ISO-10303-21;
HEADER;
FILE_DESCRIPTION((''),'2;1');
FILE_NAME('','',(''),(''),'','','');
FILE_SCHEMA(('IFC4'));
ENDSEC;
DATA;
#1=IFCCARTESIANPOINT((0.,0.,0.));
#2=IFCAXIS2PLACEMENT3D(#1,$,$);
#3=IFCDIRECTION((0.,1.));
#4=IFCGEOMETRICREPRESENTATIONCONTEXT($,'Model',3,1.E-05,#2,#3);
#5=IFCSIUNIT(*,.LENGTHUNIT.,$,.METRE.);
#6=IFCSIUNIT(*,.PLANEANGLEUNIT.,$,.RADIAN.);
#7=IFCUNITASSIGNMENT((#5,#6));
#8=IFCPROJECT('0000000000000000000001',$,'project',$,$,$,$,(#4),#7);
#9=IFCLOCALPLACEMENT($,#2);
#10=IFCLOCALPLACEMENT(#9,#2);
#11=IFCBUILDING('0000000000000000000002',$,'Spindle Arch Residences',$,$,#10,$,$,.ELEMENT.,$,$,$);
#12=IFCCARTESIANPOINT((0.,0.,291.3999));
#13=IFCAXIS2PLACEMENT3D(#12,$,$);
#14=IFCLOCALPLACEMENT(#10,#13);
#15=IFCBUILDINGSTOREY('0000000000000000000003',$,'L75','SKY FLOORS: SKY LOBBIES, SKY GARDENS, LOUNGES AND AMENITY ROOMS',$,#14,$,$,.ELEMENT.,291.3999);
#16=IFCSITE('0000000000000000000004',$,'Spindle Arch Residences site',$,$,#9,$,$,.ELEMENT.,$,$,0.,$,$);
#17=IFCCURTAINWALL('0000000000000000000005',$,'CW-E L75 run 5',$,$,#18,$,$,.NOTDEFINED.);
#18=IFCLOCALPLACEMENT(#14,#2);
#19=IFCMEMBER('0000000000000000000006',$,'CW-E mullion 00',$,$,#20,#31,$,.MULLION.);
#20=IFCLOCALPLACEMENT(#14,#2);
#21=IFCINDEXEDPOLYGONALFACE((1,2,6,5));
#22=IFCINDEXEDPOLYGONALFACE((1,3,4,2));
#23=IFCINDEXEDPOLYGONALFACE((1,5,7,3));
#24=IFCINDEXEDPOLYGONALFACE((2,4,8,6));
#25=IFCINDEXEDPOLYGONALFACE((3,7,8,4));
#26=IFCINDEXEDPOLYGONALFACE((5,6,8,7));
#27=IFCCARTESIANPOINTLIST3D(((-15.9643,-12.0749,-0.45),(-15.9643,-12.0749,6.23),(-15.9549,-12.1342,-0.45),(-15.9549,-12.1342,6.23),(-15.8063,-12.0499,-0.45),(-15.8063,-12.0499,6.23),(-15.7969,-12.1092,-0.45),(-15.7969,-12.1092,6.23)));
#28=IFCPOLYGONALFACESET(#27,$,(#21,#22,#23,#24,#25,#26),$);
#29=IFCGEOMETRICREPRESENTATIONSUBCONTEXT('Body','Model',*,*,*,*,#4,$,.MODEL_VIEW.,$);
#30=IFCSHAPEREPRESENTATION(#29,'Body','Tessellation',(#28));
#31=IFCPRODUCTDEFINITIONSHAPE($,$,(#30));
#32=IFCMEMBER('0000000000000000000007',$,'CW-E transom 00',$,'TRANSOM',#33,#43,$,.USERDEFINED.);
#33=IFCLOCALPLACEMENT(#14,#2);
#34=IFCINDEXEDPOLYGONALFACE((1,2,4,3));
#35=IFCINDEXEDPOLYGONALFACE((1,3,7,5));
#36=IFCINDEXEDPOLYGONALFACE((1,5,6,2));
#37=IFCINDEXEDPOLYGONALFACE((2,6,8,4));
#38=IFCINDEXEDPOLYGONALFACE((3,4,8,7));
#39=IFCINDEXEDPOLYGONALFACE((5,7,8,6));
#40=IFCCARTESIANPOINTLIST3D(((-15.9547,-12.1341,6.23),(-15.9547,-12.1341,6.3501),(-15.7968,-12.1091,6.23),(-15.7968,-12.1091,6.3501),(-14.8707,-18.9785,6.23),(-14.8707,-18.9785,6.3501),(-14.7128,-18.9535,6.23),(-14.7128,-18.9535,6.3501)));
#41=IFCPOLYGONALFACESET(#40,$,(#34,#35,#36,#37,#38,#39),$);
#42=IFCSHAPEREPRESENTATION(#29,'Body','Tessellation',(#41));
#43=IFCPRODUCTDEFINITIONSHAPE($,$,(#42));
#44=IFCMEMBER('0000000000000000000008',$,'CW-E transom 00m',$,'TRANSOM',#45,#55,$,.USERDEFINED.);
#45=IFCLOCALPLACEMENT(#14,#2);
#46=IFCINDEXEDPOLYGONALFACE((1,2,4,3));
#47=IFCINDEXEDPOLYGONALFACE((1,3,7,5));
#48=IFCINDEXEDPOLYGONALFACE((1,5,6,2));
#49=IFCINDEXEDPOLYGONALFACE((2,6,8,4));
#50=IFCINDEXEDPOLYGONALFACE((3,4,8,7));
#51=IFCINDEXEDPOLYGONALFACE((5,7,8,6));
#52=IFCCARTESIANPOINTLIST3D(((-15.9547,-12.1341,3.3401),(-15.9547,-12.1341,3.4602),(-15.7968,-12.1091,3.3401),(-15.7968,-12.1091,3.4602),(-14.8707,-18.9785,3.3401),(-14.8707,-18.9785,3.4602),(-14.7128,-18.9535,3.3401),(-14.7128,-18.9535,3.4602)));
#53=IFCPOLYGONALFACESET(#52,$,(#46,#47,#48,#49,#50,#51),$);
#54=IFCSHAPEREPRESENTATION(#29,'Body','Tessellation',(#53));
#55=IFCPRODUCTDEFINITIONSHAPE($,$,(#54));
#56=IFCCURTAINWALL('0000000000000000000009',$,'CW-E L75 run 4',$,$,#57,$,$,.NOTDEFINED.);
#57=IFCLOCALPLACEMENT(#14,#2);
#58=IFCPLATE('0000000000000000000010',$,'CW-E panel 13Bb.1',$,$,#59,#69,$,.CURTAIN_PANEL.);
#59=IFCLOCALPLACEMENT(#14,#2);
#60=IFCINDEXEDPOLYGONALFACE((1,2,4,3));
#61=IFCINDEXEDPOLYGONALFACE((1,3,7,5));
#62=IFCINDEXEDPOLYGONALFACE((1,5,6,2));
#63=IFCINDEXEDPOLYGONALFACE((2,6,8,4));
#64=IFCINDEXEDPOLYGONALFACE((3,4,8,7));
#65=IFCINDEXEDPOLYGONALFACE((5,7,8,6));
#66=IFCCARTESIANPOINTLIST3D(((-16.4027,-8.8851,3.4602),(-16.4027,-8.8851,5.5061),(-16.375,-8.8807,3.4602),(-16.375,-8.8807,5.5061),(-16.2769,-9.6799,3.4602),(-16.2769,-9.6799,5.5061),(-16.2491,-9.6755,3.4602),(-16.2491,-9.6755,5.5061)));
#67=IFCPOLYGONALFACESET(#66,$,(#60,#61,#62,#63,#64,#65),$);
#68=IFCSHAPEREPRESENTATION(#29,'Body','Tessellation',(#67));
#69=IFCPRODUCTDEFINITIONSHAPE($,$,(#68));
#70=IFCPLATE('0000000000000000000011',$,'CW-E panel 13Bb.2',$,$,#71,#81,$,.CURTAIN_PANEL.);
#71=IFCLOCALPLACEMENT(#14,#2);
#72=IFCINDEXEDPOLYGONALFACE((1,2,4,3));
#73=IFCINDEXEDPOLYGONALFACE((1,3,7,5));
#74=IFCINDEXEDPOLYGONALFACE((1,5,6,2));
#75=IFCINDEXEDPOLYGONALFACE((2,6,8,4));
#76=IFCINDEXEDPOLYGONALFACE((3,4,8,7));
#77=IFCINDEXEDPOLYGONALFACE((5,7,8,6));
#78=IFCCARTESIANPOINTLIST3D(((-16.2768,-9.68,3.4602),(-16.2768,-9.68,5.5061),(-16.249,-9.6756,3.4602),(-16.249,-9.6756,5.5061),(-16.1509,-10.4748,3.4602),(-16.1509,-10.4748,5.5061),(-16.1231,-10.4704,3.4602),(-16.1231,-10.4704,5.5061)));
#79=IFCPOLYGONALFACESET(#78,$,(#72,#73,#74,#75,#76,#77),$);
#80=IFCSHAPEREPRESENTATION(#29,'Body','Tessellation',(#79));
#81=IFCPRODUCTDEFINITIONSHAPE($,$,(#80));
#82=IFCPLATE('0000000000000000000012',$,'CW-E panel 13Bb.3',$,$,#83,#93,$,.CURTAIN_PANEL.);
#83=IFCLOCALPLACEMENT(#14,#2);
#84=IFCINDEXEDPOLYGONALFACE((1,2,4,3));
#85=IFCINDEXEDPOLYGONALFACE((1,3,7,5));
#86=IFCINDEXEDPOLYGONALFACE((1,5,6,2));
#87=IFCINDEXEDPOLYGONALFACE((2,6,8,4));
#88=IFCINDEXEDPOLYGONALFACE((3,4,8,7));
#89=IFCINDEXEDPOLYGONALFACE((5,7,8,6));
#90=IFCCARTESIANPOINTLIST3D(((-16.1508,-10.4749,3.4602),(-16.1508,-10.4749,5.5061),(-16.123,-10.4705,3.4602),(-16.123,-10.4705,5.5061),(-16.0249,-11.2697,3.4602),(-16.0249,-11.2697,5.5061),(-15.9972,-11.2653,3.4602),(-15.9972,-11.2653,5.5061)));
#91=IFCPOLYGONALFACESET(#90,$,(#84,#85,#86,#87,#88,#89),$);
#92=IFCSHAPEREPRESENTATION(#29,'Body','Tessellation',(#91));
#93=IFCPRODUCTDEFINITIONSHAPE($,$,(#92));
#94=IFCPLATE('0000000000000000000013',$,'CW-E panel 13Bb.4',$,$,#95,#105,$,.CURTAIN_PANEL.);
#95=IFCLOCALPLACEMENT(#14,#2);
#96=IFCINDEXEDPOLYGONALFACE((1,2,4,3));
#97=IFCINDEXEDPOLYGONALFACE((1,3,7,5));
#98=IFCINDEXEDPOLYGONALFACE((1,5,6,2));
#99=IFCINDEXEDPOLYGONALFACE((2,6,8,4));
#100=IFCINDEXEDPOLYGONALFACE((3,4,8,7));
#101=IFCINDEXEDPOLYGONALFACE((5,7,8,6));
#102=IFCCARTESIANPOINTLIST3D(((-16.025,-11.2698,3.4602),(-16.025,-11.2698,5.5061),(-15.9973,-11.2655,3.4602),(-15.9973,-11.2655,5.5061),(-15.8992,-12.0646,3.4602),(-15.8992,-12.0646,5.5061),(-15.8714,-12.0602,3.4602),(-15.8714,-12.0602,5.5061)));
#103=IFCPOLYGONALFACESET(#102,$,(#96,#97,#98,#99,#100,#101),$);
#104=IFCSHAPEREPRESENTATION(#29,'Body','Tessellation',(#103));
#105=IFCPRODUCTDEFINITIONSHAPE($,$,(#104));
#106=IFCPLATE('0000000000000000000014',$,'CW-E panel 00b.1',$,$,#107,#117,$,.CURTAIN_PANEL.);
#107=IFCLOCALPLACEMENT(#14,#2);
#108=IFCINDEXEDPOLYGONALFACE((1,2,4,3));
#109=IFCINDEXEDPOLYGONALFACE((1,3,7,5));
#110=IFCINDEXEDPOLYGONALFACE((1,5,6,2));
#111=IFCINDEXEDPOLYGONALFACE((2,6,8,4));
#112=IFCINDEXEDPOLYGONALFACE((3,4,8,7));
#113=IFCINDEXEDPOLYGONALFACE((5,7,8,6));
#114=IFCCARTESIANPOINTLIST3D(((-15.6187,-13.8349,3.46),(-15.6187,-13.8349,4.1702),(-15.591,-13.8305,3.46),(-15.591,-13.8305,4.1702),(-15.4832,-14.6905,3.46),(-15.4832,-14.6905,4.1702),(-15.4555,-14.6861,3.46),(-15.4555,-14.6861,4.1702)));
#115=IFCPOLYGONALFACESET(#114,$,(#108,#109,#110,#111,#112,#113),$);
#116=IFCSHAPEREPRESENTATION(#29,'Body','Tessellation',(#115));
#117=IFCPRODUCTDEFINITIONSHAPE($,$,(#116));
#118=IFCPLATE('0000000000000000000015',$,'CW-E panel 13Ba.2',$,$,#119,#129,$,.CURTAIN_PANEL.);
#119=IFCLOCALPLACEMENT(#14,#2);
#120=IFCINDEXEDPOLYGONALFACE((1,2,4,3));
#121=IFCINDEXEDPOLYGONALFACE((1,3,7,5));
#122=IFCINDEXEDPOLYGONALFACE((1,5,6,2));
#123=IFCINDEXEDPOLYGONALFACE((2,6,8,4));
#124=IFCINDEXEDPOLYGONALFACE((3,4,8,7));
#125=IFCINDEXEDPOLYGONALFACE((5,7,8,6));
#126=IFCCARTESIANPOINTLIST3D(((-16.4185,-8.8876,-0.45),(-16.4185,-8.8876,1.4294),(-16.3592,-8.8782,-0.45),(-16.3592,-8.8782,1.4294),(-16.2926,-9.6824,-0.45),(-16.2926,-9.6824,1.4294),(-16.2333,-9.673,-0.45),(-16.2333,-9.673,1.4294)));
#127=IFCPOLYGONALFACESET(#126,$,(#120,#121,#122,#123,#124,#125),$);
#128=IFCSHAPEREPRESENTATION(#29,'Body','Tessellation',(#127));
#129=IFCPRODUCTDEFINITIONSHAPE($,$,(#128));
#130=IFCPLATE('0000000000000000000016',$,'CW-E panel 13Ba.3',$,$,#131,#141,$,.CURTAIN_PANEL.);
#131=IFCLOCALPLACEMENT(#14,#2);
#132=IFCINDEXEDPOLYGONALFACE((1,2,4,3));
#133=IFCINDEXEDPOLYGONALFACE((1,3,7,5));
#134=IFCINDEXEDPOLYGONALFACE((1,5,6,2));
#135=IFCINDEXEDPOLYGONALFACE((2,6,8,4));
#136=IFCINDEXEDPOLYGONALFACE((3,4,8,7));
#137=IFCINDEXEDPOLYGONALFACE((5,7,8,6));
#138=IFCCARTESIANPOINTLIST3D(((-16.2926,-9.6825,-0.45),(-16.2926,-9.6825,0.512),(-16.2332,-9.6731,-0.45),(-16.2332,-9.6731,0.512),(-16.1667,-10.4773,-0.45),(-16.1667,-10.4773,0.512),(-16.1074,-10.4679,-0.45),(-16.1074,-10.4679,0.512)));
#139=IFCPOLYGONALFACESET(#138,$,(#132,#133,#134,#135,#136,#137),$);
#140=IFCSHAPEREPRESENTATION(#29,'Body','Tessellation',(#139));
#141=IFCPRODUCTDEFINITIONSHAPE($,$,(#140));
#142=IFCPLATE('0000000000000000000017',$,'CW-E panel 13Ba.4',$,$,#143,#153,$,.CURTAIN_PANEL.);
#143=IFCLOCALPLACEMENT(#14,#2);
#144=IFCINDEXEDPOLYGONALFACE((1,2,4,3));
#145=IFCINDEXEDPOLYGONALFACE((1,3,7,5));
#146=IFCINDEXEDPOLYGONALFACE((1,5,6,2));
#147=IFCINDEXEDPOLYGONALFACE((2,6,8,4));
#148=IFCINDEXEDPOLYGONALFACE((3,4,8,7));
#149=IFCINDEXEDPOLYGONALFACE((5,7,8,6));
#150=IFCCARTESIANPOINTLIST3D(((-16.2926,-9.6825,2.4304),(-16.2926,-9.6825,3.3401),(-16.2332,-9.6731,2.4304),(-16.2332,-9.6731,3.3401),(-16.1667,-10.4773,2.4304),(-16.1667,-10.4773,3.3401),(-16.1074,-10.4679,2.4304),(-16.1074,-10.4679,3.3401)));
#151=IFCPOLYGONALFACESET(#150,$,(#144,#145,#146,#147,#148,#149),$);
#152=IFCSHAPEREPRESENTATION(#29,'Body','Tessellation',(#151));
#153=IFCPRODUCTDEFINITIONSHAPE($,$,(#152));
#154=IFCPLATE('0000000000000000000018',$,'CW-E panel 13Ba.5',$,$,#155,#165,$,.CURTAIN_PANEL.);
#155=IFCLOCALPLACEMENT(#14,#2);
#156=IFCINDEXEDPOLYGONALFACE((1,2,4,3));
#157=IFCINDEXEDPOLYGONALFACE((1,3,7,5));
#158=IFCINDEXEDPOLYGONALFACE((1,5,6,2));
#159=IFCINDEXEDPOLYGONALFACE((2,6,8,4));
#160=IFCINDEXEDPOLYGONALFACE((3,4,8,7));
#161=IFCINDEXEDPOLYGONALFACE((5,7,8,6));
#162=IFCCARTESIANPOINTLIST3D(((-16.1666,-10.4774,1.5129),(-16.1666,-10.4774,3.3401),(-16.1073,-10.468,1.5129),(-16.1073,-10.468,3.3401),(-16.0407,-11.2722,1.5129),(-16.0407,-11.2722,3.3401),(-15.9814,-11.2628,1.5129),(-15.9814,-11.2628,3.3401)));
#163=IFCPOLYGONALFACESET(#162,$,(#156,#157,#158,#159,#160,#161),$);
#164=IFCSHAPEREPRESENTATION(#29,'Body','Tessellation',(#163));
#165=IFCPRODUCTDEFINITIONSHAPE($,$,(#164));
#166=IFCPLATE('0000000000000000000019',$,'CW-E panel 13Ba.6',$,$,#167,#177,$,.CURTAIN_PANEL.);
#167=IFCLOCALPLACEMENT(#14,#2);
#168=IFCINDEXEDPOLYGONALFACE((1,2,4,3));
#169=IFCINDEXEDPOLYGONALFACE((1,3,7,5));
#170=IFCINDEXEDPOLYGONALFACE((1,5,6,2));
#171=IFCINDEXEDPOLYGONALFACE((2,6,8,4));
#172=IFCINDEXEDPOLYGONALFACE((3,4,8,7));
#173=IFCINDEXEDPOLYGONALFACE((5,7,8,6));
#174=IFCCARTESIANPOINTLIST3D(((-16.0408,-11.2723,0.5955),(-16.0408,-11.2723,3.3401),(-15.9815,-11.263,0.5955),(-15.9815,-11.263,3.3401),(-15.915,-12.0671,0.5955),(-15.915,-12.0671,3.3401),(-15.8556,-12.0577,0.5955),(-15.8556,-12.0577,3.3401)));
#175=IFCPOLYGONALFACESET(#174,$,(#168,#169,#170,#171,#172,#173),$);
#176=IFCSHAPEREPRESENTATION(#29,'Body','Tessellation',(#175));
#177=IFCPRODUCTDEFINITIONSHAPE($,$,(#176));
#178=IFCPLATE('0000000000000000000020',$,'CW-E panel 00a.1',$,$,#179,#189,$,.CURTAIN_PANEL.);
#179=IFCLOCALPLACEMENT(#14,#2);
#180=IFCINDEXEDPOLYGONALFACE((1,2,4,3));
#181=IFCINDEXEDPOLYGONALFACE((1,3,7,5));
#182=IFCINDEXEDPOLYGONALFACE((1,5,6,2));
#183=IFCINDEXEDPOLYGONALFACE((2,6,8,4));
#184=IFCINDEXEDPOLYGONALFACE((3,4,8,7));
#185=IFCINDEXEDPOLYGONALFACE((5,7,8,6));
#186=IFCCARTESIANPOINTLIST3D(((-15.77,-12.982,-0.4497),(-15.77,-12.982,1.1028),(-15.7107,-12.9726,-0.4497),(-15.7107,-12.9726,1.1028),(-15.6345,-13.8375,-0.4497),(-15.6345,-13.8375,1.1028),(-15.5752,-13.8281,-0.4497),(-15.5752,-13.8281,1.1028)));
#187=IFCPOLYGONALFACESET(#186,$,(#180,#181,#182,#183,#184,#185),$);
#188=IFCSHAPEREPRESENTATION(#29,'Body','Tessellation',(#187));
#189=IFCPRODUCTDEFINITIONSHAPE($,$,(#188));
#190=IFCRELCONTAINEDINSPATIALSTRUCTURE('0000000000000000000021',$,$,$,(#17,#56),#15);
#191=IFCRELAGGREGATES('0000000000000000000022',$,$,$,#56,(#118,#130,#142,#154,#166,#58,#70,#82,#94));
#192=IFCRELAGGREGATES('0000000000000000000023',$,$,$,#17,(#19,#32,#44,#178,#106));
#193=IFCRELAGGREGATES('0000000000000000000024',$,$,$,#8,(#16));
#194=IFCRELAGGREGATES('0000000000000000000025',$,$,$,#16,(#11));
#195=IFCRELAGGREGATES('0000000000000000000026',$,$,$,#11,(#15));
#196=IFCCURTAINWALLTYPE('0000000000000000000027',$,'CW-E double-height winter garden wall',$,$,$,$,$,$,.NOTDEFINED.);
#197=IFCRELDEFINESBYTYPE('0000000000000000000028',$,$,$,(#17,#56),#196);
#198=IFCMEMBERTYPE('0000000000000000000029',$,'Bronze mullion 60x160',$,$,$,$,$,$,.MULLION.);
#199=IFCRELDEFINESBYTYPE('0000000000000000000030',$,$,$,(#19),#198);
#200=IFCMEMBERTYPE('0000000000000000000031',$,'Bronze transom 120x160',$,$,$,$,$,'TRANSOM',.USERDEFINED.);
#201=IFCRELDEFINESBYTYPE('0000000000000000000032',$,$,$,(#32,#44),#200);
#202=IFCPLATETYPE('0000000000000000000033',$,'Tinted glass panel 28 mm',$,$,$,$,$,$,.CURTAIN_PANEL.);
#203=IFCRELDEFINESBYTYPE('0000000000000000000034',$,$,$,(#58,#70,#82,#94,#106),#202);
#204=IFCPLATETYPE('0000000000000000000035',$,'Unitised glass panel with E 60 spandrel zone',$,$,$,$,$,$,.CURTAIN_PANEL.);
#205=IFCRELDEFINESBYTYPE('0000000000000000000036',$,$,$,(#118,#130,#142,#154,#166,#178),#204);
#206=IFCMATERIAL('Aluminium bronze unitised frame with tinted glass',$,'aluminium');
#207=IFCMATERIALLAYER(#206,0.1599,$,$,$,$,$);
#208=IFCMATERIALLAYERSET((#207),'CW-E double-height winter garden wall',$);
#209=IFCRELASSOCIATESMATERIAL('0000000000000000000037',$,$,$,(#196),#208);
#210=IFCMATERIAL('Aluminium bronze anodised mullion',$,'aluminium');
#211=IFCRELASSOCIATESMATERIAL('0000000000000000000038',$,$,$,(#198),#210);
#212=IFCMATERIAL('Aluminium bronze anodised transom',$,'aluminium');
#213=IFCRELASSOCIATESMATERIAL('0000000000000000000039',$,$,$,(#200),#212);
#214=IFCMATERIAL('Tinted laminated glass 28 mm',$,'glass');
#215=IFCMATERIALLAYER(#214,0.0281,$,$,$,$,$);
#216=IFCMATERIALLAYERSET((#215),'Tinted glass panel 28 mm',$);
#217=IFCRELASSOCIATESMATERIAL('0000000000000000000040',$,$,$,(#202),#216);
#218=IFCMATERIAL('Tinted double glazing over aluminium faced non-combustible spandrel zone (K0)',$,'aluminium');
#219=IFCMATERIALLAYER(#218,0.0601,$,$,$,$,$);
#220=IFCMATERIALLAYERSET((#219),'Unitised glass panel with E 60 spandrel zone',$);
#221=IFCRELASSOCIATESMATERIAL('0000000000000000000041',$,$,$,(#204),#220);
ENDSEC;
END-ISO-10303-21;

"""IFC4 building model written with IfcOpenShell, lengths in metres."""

from ifc_helpers import new_model, si_unit, direction, frame, origin, origin_2d, place, context, subcontext, project, spatial, rectangle, extrude, material, layer, layer_set, material_profile, profile_set, type_object, element, aggregate, save


model = new_model("IFC4")

# Units and contexts
model_context = context("Model", 3, precision=1e-05, world=origin(), true_north=direction((0.0, 1.0)))
body_context = subcontext(model_context, "Body", "Model", "MODEL_VIEW")
ifc_project = project(units=[si_unit("LENGTHUNIT", "METRE"), si_unit("PLANEANGLEUNIT", "RADIAN")], contexts=[model_context])

# Site, building, storey
site_placement = place(None, origin())
site = spatial("IfcSite", under=ifc_project, at=site_placement, Name="Spindle Arch Residences site", CompositionType="ELEMENT", RefElevation=0.0)
building_placement = place(site_placement, origin())
building = spatial("IfcBuilding", under=site, at=building_placement, Name="Spindle Arch Residences", CompositionType="ELEMENT")
storey_placement = place(building_placement, frame((0.0, 0.0, 291.3999)))
storey = spatial("IfcBuildingStorey", under=building, at=storey_placement, Name="L75", Description="SKY FLOORS: SKY LOBBIES, SKY GARDENS, LOUNGES AND AMENITY ROOMS", CompositionType="ELEMENT", Elevation=291.3999)

# Curtain wall, members
ifc_material_1 = material(Name="Aluminium bronze unitised frame with tinted glass", Category="aluminium")
ifc_layer_1 = layer(ifc_material_1, 0.1599)
ifc_layer_set_1 = layer_set([ifc_layer_1], Name="CW-E double-height winter garden wall")
curtain_wall_type = type_object("IfcCurtainWallType", Name="CW-E double-height winter garden wall", PredefinedType="NOTDEFINED", material=ifc_layer_set_1)
curtain_wall_1_placement = place(storey_placement, origin())
curtain_wall_1 = element("IfcCurtainWall", 1, at=curtain_wall_1_placement, inside=storey, type_object=curtain_wall_type, Name="CW-E L75 run 5", PredefinedType="NOTDEFINED")
ifc_material_2 = material(Name="Aluminium bronze anodised mullion", Category="aluminium")
ifc_material_profile_1 = material_profile(ifc_material_2, rectangle(XDim=0.1599, YDim=0.0601, at=origin_2d()), Name="MU 60x160")
ifc_profile_set_1 = profile_set([ifc_material_profile_1], Name="Aluminium bronze anodised mullion")
member_type_1 = type_object("IfcMemberType", Name="Bronze mullion 60x160", PredefinedType="MULLION", material=ifc_profile_set_1)
member_1_placement = place(storey_placement, frame((-15.8806, -12.092, -0.45), z_axis=(0.0, 0.0, 1.0), x_axis=(0.987688, 0.156434, 0.0)))
member_1 = element("IfcMember", 2, at=member_1_placement, type_object=member_type_1, Name="CW-E mullion 00", PredefinedType="MULLION", context=body_context, shape_type="SweptSolid", body=[
    extrude(rectangle(XDim=0.1599, YDim=0.0601, at=origin_2d()), origin(), (0.0, 0.0, 1.0), 6.6799),
])
ifc_material_3 = material(Name="Aluminium bronze anodised transom", Category="aluminium")
ifc_material_profile_2 = material_profile(ifc_material_3, rectangle(XDim=0.1599, YDim=0.1201, at=origin_2d()), Name="TR 120x160")
ifc_profile_set_2 = profile_set([ifc_material_profile_2], Name="Aluminium bronze anodised transom")
member_type_2 = type_object("IfcMemberType", Name="Bronze transom 120x160", ElementType="TRANSOM", PredefinedType="USERDEFINED", material=ifc_profile_set_2)
member_2_placement = place(storey_placement, frame((-15.8757, -12.1216, 6.29), z_axis=(0.156424, -0.98769, 0.0), x_axis=(0.98769, 0.156424, 0.0)))
member_2 = element("IfcMember", 3, at=member_2_placement, type_object=member_type_2, Name="CW-E transom 00", ObjectType="TRANSOM", PredefinedType="USERDEFINED", context=body_context, shape_type="SweptSolid", body=[
    extrude(rectangle(XDim=0.1599, YDim=0.1201, at=origin_2d()), origin(), (0.0, 0.0, 1.0), 6.9297),
])
member_3_placement = place(storey_placement, frame((-15.8757, -12.1216, 3.4001), z_axis=(0.156424, -0.98769, 0.0), x_axis=(0.98769, 0.156424, 0.0)))
member_3 = element("IfcMember", 4, at=member_3_placement, type_object=member_type_2, Name="CW-E transom 00m", ObjectType="TRANSOM", PredefinedType="USERDEFINED", context=body_context, shape_type="SweptSolid", body=[
    extrude(rectangle(XDim=0.1599, YDim=0.1201, at=origin_2d()), origin(), (0.0, 0.0, 1.0), 6.9297),
])

# Curtain wall, plates
curtain_wall_2_placement = place(storey_placement, origin())
curtain_wall_2 = element("IfcCurtainWall", 5, at=curtain_wall_2_placement, inside=storey, type_object=curtain_wall_type, Name="CW-E L75 run 4", PredefinedType="NOTDEFINED")
ifc_material_4 = material(Name="Tinted laminated glass 28 mm", Category="glass")
ifc_layer_2 = layer(ifc_material_4, 0.0281)
ifc_layer_set_2 = layer_set([ifc_layer_2], Name="Tinted glass panel 28 mm")
plate_type_1 = type_object("IfcPlateType", Name="Tinted glass panel 28 mm", PredefinedType="CURTAIN_PANEL", material=ifc_layer_set_2)
plate_1_placement = place(storey_placement, frame((-16.3259, -9.2803, 3.4602), z_axis=(0.0, 0.0, 1.0), x_axis=(0.156434, -0.987688, 0.0)))
plate_1 = element("IfcPlate", 6, at=plate_1_placement, type_object=plate_type_1, Name="CW-E panel 13Bb.1", PredefinedType="CURTAIN_PANEL", context=body_context, shape_type="SweptSolid", body=[
    extrude(rectangle(XDim=0.8047, YDim=0.0281, at=origin_2d()), origin(), (0.0, 0.0, 1.0), 2.0459),
])
plate_2_placement = place(storey_placement, frame((-16.2, -10.0752, 3.4602), z_axis=(0.0, 0.0, 1.0), x_axis=(0.156434, -0.987688, 0.0)))
plate_2 = element("IfcPlate", 7, at=plate_2_placement, type_object=plate_type_1, Name="CW-E panel 13Bb.2", PredefinedType="CURTAIN_PANEL", context=body_context, shape_type="SweptSolid", body=[
    extrude(rectangle(XDim=0.8047, YDim=0.0281, at=origin_2d()), origin(), (0.0, 0.0, 1.0), 2.0459),
])
plate_3_placement = place(storey_placement, frame((-16.074, -10.8701, 3.4602), z_axis=(0.0, 0.0, 1.0), x_axis=(0.156434, -0.987688, 0.0)))
plate_3 = element("IfcPlate", 8, at=plate_3_placement, type_object=plate_type_1, Name="CW-E panel 13Bb.3", PredefinedType="CURTAIN_PANEL", context=body_context, shape_type="SweptSolid", body=[
    extrude(rectangle(XDim=0.8047, YDim=0.0281, at=origin_2d()), origin(), (0.0, 0.0, 1.0), 2.0459),
])
plate_4_placement = place(storey_placement, frame((-15.9482, -11.665, 3.4602), z_axis=(0.0, 0.0, 1.0), x_axis=(0.156434, -0.987688, 0.0)))
plate_4 = element("IfcPlate", 9, at=plate_4_placement, type_object=plate_type_1, Name="CW-E panel 13Bb.4", PredefinedType="CURTAIN_PANEL", context=body_context, shape_type="SweptSolid", body=[
    extrude(rectangle(XDim=0.8047, YDim=0.0281, at=origin_2d()), origin(), (0.0, 0.0, 1.0), 2.0459),
])

# Plates
plate_5_placement = place(storey_placement, frame((-15.5371, -14.2605, 3.46), z_axis=(0.0, 0.0, 1.0), x_axis=(0.156434, -0.987688, 0.0)))
plate_5 = element("IfcPlate", 10, at=plate_5_placement, type_object=plate_type_1, Name="CW-E panel 00b.1", PredefinedType="CURTAIN_PANEL", context=body_context, shape_type="SweptSolid", body=[
    extrude(rectangle(XDim=0.8662, YDim=0.0281, at=origin_2d()), origin(), (0.0, 0.0, 1.0), 0.7102),
])
ifc_material_5 = material(Name="Tinted double glazing over aluminium faced non-combustible spandrel zone (K0)", Category="aluminium")
ifc_layer_3 = layer(ifc_material_5, 0.0601)
ifc_layer_set_3 = layer_set([ifc_layer_3], Name="Unitised glass panel with E 60 spandrel zone")
plate_type_2 = type_object("IfcPlateType", Name="Unitised glass panel with E 60 spandrel zone", PredefinedType="CURTAIN_PANEL", material=ifc_layer_set_3)
plate_6_placement = place(storey_placement, frame((-16.3259, -9.2803, -0.45), z_axis=(0.0, 0.0, 1.0), x_axis=(0.156434, -0.987688, 0.0)))
plate_6 = element("IfcPlate", 11, at=plate_6_placement, type_object=plate_type_2, Name="CW-E panel 13Ba.2", PredefinedType="CURTAIN_PANEL", context=body_context, shape_type="SweptSolid", body=[
    extrude(rectangle(XDim=0.8047, YDim=0.0601, at=origin_2d()), origin(), (0.0, 0.0, 1.0), 1.8794),
])
plate_7_placement = place(storey_placement, frame((-16.2, -10.0752, -0.45), z_axis=(0.0, 0.0, 1.0), x_axis=(0.156434, -0.987688, 0.0)))
plate_7 = element("IfcPlate", 12, at=plate_7_placement, type_object=plate_type_2, Name="CW-E panel 13Ba.3", PredefinedType="CURTAIN_PANEL", context=body_context, shape_type="SweptSolid", body=[
    extrude(rectangle(XDim=0.8047, YDim=0.0601, at=origin_2d()), origin(), (0.0, 0.0, 1.0), 0.9619),
])
plate_8_placement = place(storey_placement, frame((-16.2, -10.0752, 2.4304), z_axis=(0.0, 0.0, 1.0), x_axis=(0.156434, -0.987688, 0.0)))
plate_8 = element("IfcPlate", 13, at=plate_8_placement, type_object=plate_type_2, Name="CW-E panel 13Ba.4", PredefinedType="CURTAIN_PANEL", context=body_context, shape_type="SweptSolid", body=[
    extrude(rectangle(XDim=0.8047, YDim=0.0601, at=origin_2d()), origin(), (0.0, 0.0, 1.0), 0.9097),
])
plate_9_placement = place(storey_placement, frame((-16.074, -10.8701, 1.5129), z_axis=(0.0, 0.0, 1.0), x_axis=(0.156434, -0.987688, 0.0)))
plate_9 = element("IfcPlate", 14, at=plate_9_placement, type_object=plate_type_2, Name="CW-E panel 13Ba.5", PredefinedType="CURTAIN_PANEL", context=body_context, shape_type="SweptSolid", body=[
    extrude(rectangle(XDim=0.8047, YDim=0.0601, at=origin_2d()), origin(), (0.0, 0.0, 1.0), 1.8271),
])
plate_10_placement = place(storey_placement, frame((-15.9482, -11.665, 0.5955), z_axis=(0.0, 0.0, 1.0), x_axis=(0.156434, -0.987688, 0.0)))
plate_10 = element("IfcPlate", 15, at=plate_10_placement, type_object=plate_type_2, Name="CW-E panel 13Ba.6", PredefinedType="CURTAIN_PANEL", context=body_context, shape_type="SweptSolid", body=[
    extrude(rectangle(XDim=0.8047, YDim=0.0601, at=origin_2d()), origin(), (0.0, 0.0, 1.0), 2.7446),
])
aggregate(curtain_wall_2, [plate_6, plate_7, plate_8, plate_9, plate_10, plate_1, plate_2, plate_3, plate_4])
plate_11_placement = place(storey_placement, frame((-15.6726, -13.405, -0.4497), z_axis=(0.0, 0.0, 1.0), x_axis=(0.156434, -0.987688, 0.0)))
plate_11 = element("IfcPlate", 16, at=plate_11_placement, type_object=plate_type_2, Name="CW-E panel 00a.1", PredefinedType="CURTAIN_PANEL", context=body_context, shape_type="SweptSolid", body=[
    extrude(rectangle(XDim=0.8662, YDim=0.0601, at=origin_2d()), origin(), (0.0, 0.0, 1.0), 1.5525),
])
aggregate(curtain_wall_1, [member_1, member_2, member_3, plate_11, plate_5])

save(model, "model.ifc")
